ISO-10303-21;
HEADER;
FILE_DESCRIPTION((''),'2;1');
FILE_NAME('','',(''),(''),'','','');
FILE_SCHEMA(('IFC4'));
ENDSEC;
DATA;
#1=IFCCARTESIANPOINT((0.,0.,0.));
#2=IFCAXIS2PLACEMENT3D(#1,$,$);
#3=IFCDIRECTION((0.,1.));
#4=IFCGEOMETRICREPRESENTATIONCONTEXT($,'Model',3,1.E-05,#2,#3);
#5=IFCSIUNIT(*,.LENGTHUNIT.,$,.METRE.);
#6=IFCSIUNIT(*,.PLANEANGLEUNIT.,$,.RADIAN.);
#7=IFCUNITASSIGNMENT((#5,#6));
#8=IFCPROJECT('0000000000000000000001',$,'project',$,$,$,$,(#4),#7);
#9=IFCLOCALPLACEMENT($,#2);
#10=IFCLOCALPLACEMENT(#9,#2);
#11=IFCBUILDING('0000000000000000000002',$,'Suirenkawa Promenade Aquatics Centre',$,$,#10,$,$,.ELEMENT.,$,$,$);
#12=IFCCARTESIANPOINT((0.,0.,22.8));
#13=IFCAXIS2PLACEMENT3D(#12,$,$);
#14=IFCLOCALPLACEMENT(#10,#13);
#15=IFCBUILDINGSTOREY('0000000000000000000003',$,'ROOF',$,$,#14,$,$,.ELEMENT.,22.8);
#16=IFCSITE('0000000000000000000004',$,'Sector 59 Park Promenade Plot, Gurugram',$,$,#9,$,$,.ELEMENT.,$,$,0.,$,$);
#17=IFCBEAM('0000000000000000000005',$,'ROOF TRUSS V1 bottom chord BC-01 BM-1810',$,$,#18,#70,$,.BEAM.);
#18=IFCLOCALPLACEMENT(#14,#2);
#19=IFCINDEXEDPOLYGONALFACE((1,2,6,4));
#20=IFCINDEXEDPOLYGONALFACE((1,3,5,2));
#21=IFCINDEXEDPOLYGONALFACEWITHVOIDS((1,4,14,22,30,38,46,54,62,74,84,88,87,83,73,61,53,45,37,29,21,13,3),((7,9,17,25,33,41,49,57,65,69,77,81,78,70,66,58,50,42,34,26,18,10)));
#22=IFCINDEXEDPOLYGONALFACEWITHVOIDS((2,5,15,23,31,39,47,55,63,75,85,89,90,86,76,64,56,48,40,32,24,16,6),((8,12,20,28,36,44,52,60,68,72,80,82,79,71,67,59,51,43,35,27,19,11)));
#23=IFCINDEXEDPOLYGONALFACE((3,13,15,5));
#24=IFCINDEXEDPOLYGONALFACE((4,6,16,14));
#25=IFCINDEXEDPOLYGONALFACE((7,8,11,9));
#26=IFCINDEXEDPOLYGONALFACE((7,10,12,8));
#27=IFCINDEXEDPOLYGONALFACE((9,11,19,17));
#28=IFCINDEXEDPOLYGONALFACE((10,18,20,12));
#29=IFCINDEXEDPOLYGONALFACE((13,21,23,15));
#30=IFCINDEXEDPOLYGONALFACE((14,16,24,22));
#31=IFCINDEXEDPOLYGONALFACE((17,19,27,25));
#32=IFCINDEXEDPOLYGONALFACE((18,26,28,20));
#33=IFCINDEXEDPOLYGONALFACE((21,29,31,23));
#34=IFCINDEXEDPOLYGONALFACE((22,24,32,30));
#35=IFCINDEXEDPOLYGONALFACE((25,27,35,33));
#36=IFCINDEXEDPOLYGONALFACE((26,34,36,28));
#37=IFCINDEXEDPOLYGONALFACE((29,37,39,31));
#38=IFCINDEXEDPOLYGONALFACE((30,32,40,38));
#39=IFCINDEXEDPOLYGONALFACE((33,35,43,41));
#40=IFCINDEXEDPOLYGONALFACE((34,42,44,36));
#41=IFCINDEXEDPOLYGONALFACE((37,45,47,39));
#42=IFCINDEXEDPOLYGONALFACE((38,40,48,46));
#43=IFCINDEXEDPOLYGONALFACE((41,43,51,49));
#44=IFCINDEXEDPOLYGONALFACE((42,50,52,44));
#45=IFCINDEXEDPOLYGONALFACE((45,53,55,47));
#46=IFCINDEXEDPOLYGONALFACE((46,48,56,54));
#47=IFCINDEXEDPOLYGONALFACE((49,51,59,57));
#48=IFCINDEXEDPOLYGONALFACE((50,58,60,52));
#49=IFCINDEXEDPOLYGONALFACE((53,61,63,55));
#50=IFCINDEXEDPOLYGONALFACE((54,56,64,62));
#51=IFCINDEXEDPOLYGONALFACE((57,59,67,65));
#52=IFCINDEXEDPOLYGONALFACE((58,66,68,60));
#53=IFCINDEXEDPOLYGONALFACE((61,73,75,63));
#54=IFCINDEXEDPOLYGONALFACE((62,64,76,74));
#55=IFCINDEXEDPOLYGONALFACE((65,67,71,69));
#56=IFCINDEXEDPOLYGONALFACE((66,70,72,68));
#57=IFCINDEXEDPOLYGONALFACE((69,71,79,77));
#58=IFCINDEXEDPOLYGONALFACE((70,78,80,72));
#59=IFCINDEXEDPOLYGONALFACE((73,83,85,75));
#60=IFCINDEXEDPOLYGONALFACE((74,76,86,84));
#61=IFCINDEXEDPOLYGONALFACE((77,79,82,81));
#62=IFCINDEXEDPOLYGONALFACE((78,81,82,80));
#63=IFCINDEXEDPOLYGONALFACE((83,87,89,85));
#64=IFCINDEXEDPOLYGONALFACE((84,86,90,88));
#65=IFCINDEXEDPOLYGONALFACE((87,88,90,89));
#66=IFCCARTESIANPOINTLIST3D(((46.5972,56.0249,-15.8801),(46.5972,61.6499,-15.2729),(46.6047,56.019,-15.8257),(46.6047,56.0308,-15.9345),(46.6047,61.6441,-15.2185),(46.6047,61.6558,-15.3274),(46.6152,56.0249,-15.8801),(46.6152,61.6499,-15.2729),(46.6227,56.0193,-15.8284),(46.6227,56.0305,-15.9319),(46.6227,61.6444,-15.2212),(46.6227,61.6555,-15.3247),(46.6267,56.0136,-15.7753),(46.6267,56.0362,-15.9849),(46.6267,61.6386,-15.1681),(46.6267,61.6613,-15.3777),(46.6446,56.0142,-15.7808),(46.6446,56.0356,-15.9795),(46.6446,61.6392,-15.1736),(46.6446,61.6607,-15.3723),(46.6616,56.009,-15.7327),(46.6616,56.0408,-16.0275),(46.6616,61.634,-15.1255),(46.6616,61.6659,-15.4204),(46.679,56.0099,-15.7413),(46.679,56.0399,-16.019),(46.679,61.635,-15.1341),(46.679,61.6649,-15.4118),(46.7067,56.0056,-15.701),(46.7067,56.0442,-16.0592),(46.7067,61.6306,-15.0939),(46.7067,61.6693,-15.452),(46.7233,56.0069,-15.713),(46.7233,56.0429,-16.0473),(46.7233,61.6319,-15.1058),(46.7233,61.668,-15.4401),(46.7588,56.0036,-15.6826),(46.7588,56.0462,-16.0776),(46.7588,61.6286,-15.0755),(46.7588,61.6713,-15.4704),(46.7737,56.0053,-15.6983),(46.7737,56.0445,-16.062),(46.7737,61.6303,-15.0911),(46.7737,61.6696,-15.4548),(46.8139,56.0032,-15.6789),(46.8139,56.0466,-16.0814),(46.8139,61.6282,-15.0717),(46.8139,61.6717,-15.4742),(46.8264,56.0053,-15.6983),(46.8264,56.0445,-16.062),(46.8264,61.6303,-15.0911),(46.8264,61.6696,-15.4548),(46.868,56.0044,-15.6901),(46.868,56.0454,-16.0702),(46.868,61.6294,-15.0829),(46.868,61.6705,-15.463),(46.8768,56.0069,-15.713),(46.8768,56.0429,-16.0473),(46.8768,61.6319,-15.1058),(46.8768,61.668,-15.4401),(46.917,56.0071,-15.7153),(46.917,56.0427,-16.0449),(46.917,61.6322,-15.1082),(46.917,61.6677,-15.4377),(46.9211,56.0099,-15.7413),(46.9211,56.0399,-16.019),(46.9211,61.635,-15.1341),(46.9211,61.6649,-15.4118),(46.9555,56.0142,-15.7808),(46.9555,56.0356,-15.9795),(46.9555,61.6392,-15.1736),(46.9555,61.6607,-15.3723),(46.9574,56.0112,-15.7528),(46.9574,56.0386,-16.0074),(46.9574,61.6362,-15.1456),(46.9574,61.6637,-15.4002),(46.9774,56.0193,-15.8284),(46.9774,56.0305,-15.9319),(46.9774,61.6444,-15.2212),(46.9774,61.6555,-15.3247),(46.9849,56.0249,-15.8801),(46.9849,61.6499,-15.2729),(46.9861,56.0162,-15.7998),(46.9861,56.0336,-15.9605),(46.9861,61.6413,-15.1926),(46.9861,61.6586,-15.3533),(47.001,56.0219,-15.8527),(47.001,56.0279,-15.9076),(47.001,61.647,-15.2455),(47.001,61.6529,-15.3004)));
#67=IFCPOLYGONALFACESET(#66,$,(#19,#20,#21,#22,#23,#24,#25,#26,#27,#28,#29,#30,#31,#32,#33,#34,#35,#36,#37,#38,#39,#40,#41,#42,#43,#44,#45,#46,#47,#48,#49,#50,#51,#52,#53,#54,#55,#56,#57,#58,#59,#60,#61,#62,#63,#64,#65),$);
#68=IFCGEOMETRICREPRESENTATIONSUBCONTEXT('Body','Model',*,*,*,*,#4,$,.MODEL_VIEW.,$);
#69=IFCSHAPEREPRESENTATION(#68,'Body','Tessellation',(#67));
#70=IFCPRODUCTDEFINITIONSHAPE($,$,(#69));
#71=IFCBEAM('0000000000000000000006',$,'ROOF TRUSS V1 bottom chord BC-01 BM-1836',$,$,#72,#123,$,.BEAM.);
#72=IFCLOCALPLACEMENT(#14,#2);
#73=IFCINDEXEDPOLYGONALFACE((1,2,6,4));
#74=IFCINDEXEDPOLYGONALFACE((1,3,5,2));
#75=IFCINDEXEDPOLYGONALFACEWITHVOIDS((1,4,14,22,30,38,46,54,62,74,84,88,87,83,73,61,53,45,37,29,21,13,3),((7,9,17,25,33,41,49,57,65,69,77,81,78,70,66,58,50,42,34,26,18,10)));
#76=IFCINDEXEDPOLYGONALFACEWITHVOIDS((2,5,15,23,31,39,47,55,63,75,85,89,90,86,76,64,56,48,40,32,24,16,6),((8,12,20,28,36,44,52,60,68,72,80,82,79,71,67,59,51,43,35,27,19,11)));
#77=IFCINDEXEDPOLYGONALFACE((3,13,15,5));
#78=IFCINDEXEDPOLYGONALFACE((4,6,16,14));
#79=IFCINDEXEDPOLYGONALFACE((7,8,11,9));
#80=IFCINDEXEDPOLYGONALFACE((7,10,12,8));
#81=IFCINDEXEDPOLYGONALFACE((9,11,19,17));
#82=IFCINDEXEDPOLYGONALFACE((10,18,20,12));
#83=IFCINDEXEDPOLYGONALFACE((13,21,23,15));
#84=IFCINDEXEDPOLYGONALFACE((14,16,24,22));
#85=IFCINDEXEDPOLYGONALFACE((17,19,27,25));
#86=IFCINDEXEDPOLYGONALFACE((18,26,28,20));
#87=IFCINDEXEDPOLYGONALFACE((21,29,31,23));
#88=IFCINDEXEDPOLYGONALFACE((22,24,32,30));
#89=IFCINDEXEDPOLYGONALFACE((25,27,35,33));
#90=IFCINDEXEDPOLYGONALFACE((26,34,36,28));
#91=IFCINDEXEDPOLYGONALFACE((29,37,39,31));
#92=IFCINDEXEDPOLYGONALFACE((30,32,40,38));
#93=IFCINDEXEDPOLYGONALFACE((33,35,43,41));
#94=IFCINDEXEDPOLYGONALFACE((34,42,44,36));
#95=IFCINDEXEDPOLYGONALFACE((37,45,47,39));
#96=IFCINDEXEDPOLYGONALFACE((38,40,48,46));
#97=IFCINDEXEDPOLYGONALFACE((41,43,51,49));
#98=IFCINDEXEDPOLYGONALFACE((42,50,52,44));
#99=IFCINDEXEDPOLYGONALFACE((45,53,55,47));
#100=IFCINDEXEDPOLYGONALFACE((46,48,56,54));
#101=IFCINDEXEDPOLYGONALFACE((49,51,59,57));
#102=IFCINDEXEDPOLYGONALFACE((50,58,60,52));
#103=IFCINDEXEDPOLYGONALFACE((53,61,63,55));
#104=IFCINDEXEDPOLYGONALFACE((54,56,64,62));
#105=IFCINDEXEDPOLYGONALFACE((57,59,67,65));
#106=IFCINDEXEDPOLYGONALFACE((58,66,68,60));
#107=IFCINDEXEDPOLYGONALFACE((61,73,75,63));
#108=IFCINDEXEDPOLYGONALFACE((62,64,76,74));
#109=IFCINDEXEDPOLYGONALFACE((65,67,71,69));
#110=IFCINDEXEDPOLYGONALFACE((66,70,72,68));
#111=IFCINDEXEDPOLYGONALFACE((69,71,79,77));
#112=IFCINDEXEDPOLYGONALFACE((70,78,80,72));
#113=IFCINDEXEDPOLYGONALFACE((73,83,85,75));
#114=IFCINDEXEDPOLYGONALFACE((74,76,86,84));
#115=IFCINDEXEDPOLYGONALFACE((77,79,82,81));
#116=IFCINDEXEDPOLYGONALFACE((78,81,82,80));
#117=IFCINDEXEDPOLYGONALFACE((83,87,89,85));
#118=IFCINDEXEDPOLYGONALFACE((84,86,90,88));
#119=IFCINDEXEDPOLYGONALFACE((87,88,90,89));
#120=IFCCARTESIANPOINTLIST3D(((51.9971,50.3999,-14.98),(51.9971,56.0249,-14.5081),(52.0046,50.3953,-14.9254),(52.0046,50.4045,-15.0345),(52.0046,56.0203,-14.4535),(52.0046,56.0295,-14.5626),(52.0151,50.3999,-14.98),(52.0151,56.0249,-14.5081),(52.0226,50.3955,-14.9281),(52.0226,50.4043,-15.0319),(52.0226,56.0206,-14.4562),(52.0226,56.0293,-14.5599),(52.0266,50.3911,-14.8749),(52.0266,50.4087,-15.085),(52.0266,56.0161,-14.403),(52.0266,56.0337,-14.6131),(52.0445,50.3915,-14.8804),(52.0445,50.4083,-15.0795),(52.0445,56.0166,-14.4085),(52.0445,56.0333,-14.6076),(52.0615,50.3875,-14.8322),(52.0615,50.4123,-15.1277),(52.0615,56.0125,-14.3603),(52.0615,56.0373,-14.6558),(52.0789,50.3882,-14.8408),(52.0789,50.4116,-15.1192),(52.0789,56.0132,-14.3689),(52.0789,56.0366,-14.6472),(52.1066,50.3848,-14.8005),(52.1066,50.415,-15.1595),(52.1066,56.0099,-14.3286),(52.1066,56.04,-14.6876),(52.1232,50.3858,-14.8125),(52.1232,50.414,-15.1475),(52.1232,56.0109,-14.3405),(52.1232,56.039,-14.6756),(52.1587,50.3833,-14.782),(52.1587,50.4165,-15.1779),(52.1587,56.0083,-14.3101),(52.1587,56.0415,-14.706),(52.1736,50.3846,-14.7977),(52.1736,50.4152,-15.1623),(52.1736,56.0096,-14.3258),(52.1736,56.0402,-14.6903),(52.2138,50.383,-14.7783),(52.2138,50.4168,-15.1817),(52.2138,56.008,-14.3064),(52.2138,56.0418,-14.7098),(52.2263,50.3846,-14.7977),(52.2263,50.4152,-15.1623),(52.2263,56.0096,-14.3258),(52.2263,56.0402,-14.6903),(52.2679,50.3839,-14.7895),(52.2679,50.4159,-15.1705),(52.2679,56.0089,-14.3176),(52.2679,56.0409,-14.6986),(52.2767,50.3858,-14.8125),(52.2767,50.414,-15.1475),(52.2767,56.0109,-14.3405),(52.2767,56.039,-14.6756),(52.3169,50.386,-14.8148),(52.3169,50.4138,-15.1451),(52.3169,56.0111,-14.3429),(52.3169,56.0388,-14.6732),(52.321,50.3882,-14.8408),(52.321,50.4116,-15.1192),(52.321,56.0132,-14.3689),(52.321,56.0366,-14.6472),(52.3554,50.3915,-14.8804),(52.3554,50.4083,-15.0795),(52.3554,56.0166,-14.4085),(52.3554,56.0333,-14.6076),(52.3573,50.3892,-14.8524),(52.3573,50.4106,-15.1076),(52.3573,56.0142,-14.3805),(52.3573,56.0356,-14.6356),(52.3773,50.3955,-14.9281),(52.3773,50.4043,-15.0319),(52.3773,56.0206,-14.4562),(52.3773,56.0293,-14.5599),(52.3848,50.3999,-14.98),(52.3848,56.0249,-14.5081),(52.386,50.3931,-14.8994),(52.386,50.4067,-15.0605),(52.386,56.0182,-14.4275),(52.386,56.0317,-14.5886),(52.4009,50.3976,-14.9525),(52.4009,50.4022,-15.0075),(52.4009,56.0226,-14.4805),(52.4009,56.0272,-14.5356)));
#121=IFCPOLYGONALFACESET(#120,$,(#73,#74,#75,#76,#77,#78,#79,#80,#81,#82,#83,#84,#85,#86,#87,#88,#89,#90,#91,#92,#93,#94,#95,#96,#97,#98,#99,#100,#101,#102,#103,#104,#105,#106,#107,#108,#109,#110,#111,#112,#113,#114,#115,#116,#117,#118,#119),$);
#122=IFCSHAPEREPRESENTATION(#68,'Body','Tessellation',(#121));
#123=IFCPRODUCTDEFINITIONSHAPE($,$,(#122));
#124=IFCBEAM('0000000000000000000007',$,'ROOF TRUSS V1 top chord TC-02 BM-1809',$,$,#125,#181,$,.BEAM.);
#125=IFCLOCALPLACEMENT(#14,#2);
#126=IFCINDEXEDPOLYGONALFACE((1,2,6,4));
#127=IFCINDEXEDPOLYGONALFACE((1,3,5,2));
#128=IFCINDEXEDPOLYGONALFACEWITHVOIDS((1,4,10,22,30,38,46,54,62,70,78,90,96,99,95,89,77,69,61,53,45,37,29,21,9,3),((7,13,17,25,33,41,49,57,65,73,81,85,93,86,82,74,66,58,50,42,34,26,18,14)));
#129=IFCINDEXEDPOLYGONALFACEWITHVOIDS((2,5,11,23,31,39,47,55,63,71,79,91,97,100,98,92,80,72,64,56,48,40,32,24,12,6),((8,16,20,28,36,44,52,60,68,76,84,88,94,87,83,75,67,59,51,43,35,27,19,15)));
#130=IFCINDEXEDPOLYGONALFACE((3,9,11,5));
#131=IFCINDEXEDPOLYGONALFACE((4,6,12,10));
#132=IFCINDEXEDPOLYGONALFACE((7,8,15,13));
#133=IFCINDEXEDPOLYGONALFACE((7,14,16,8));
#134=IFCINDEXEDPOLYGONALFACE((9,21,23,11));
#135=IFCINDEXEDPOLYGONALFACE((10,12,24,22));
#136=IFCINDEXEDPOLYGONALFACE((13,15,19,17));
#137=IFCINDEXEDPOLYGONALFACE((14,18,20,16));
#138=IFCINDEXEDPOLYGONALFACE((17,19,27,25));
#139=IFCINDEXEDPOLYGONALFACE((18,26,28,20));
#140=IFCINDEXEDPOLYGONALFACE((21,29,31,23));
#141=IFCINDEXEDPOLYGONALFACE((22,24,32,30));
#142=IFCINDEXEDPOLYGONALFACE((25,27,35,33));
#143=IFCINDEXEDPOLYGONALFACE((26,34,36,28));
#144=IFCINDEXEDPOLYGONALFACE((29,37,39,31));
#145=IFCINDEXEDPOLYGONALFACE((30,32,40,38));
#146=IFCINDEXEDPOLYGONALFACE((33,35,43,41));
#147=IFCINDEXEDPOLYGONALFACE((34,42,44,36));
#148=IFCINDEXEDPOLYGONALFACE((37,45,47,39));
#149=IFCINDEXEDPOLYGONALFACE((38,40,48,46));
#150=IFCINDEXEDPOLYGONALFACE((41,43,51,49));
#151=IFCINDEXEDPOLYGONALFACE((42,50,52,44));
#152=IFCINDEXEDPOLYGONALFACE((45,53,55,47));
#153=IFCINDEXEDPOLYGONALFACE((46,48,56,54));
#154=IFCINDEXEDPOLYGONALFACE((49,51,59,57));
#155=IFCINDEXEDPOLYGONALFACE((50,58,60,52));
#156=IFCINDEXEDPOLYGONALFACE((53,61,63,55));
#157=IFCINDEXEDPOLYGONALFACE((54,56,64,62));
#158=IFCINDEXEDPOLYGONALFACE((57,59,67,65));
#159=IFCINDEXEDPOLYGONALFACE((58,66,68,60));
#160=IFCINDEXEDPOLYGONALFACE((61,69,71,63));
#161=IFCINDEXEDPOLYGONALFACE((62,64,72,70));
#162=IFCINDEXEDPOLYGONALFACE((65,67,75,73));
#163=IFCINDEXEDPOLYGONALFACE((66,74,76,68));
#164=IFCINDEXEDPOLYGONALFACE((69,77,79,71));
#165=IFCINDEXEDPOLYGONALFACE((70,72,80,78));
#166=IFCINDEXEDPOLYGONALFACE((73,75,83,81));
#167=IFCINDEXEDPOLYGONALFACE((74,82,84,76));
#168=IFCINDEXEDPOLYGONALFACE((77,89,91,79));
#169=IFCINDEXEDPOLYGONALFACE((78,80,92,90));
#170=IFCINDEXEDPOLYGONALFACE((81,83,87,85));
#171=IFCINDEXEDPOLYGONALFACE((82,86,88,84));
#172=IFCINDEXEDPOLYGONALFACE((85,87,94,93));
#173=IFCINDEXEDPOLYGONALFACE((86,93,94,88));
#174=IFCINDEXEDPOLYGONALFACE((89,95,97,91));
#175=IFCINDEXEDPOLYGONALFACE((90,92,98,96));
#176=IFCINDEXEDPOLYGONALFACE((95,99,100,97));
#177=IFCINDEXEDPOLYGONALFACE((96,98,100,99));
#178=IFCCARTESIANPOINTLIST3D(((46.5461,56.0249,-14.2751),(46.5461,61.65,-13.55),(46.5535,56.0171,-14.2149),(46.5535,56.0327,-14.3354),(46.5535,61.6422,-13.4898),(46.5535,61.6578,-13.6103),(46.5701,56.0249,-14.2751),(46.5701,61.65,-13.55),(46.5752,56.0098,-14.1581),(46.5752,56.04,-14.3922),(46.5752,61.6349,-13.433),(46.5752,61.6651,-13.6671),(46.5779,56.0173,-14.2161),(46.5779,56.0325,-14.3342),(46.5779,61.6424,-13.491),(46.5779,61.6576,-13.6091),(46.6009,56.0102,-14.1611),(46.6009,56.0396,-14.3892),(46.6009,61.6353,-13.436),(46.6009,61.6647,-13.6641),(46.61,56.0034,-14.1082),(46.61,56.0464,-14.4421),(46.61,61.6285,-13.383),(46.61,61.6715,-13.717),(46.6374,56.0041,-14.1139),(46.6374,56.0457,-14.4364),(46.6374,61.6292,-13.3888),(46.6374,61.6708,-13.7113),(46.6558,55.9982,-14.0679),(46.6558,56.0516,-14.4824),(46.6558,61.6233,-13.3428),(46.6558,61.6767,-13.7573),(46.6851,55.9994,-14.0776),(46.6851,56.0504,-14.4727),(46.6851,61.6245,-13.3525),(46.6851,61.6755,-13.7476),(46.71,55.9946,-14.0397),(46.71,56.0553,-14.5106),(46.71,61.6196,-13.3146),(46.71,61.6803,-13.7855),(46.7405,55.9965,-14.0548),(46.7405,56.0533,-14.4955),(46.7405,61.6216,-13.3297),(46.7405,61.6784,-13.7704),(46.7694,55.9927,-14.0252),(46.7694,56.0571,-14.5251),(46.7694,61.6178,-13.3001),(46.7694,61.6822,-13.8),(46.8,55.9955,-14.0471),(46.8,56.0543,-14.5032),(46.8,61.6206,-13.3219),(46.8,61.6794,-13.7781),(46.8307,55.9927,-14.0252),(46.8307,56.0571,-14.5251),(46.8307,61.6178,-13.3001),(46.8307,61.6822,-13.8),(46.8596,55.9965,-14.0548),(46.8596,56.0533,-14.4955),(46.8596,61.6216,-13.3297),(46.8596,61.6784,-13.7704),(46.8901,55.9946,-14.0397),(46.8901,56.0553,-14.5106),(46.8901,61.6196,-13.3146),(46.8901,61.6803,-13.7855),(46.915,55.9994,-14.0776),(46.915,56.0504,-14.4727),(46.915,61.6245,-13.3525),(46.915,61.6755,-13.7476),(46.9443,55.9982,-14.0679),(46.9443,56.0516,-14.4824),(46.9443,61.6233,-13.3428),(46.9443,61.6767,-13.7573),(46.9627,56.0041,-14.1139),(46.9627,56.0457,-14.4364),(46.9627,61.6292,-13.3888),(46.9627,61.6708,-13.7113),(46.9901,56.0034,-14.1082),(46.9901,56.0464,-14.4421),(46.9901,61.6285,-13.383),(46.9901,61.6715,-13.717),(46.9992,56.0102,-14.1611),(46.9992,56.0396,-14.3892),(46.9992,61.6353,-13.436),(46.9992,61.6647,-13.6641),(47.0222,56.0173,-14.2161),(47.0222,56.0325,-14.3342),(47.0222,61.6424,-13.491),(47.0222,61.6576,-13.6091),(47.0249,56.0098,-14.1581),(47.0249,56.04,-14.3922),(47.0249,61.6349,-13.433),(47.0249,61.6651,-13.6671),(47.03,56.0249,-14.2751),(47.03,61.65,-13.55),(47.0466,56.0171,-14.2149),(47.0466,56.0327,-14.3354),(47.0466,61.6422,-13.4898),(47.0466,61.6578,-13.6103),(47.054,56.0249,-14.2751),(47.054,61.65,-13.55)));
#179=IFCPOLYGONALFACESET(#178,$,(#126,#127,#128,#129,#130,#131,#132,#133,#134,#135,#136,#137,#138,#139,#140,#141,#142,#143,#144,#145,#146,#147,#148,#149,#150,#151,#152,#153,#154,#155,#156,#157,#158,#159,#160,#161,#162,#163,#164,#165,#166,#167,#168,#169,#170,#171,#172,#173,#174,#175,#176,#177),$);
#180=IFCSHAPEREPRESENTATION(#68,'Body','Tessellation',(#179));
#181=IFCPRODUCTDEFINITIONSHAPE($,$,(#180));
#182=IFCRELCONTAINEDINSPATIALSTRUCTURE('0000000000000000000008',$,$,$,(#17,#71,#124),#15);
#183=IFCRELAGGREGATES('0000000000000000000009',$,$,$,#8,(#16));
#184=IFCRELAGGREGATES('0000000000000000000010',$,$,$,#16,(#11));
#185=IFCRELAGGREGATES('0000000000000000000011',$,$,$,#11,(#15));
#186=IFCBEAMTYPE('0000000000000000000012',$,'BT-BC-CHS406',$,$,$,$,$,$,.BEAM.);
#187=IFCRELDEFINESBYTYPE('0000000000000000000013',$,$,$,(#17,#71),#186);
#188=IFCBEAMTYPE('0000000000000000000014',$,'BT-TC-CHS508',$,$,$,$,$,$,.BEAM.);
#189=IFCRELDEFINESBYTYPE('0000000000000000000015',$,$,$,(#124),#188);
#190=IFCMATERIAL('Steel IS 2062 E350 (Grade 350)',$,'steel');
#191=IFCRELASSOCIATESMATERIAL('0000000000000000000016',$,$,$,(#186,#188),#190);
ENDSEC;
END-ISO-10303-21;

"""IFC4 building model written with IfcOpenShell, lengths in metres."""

from ifc_helpers import new_model, si_unit, direction, frame, origin, origin_2d, place, context, subcontext, project, spatial, hollow_circle, extrude, material, material_profile, profile_set, type_object, element, save


model = new_model("IFC4")

# Units and contexts
model_context = context("Model", 3, precision=1e-05, world=origin(), true_north=direction((0.0, 1.0)))
body_context = subcontext(model_context, "Body", "Model", "MODEL_VIEW")
ifc_project = project(units=[si_unit("LENGTHUNIT", "METRE"), si_unit("PLANEANGLEUNIT", "RADIAN")], contexts=[model_context])

# Site, building, storey
site_placement = place(None, origin())
site = spatial("IfcSite", under=ifc_project, at=site_placement, Name="Sector 59 Park Promenade Plot, Gurugram", CompositionType="ELEMENT", RefElevation=0.0)
building_placement = place(site_placement, origin())
building = spatial("IfcBuilding", under=site, at=building_placement, Name="Suirenkawa Promenade Aquatics Centre", CompositionType="ELEMENT")
storey_placement = place(building_placement, frame((0.0, 0.0, 22.8)))
storey = spatial("IfcBuildingStorey", under=building, at=storey_placement, Name="ROOF", CompositionType="ELEMENT", Elevation=22.8)

# Beams
ifc_material_1 = material(Name="Steel IS 2062 E350 (Grade 350)", Category="steel")
ifc_material_profile_1 = material_profile(ifc_material_1, hollow_circle(Radius=0.2029, WallThickness=0.0181, at=origin_2d()), Name="CHS 406x18", Category="steel")
ifc_profile_set_1 = profile_set([ifc_material_profile_1], Name="Steel IS 2062 E350 (Grade 350)")
beam_type_1 = type_object("IfcBeamType", Name="BT-BC-CHS406", PredefinedType="BEAM", material=ifc_profile_set_1)
beam_1_placement = place(storey_placement, frame((46.8, 56.0249, -15.8801), z_axis=(0.0, 0.994225, 0.107319), x_axis=(-1.0, 0.0, 0.0)))
element("IfcBeam", 1, at=beam_1_placement, inside=storey, type_object=beam_type_1, Name="ROOF TRUSS V1 bottom chord BC-01 BM-1810", PredefinedType="BEAM", context=body_context, shape_type="SweptSolid", body=[
    extrude(hollow_circle(Radius=0.2029, WallThickness=0.0181, at=origin_2d()), origin(), (0.0, 0.0, 1.0), 5.6577),
])
beam_2_placement = place(storey_placement, frame((52.2, 50.3999, -14.98), z_axis=(0.0, 0.996499, 0.083604), x_axis=(-1.0, 0.0, 0.0)))
element("IfcBeam", 2, at=beam_2_placement, inside=storey, type_object=beam_type_1, Name="ROOF TRUSS V1 bottom chord BC-01 BM-1836", PredefinedType="BEAM", context=body_context, shape_type="SweptSolid", body=[
    extrude(hollow_circle(Radius=0.2029, WallThickness=0.0181, at=origin_2d()), origin(), (0.0, 0.0, 1.0), 5.6448),
])
ifc_material_profile_2 = material_profile(ifc_material_1, hollow_circle(Radius=0.2539, WallThickness=0.0239, at=origin_2d()), Name="CHS 508x24", Category="steel")
ifc_profile_set_2 = profile_set([ifc_material_profile_2], Name="Steel IS 2062 E350 (Grade 350)")
beam_type_2 = type_object("IfcBeamType", Name="BT-TC-CHS508", PredefinedType="BEAM", material=ifc_profile_set_2)
for number, where, z_axis, x_axis, name in (
    (3, (46.8, 56.0249, -14.2751), (0.0, 0.991794, 0.127848), (-1.0, 0.0, 0.0), "ROOF TRUSS V1 top chord TC-02 BM-1809"),
):
    element("IfcBeam", number, at=place(storey_placement, frame(where, z_axis=z_axis, x_axis=x_axis)), inside=storey, type_object=beam_type_2, Name=name, PredefinedType="BEAM", context=body_context, shape_type="SweptSolid", body=[
        extrude(hollow_circle(Radius=0.2539, WallThickness=0.0239, at=origin_2d()), origin(), (0.0, 0.0, 1.0), 5.6716),
    ])

save(model, "model.ifc")
